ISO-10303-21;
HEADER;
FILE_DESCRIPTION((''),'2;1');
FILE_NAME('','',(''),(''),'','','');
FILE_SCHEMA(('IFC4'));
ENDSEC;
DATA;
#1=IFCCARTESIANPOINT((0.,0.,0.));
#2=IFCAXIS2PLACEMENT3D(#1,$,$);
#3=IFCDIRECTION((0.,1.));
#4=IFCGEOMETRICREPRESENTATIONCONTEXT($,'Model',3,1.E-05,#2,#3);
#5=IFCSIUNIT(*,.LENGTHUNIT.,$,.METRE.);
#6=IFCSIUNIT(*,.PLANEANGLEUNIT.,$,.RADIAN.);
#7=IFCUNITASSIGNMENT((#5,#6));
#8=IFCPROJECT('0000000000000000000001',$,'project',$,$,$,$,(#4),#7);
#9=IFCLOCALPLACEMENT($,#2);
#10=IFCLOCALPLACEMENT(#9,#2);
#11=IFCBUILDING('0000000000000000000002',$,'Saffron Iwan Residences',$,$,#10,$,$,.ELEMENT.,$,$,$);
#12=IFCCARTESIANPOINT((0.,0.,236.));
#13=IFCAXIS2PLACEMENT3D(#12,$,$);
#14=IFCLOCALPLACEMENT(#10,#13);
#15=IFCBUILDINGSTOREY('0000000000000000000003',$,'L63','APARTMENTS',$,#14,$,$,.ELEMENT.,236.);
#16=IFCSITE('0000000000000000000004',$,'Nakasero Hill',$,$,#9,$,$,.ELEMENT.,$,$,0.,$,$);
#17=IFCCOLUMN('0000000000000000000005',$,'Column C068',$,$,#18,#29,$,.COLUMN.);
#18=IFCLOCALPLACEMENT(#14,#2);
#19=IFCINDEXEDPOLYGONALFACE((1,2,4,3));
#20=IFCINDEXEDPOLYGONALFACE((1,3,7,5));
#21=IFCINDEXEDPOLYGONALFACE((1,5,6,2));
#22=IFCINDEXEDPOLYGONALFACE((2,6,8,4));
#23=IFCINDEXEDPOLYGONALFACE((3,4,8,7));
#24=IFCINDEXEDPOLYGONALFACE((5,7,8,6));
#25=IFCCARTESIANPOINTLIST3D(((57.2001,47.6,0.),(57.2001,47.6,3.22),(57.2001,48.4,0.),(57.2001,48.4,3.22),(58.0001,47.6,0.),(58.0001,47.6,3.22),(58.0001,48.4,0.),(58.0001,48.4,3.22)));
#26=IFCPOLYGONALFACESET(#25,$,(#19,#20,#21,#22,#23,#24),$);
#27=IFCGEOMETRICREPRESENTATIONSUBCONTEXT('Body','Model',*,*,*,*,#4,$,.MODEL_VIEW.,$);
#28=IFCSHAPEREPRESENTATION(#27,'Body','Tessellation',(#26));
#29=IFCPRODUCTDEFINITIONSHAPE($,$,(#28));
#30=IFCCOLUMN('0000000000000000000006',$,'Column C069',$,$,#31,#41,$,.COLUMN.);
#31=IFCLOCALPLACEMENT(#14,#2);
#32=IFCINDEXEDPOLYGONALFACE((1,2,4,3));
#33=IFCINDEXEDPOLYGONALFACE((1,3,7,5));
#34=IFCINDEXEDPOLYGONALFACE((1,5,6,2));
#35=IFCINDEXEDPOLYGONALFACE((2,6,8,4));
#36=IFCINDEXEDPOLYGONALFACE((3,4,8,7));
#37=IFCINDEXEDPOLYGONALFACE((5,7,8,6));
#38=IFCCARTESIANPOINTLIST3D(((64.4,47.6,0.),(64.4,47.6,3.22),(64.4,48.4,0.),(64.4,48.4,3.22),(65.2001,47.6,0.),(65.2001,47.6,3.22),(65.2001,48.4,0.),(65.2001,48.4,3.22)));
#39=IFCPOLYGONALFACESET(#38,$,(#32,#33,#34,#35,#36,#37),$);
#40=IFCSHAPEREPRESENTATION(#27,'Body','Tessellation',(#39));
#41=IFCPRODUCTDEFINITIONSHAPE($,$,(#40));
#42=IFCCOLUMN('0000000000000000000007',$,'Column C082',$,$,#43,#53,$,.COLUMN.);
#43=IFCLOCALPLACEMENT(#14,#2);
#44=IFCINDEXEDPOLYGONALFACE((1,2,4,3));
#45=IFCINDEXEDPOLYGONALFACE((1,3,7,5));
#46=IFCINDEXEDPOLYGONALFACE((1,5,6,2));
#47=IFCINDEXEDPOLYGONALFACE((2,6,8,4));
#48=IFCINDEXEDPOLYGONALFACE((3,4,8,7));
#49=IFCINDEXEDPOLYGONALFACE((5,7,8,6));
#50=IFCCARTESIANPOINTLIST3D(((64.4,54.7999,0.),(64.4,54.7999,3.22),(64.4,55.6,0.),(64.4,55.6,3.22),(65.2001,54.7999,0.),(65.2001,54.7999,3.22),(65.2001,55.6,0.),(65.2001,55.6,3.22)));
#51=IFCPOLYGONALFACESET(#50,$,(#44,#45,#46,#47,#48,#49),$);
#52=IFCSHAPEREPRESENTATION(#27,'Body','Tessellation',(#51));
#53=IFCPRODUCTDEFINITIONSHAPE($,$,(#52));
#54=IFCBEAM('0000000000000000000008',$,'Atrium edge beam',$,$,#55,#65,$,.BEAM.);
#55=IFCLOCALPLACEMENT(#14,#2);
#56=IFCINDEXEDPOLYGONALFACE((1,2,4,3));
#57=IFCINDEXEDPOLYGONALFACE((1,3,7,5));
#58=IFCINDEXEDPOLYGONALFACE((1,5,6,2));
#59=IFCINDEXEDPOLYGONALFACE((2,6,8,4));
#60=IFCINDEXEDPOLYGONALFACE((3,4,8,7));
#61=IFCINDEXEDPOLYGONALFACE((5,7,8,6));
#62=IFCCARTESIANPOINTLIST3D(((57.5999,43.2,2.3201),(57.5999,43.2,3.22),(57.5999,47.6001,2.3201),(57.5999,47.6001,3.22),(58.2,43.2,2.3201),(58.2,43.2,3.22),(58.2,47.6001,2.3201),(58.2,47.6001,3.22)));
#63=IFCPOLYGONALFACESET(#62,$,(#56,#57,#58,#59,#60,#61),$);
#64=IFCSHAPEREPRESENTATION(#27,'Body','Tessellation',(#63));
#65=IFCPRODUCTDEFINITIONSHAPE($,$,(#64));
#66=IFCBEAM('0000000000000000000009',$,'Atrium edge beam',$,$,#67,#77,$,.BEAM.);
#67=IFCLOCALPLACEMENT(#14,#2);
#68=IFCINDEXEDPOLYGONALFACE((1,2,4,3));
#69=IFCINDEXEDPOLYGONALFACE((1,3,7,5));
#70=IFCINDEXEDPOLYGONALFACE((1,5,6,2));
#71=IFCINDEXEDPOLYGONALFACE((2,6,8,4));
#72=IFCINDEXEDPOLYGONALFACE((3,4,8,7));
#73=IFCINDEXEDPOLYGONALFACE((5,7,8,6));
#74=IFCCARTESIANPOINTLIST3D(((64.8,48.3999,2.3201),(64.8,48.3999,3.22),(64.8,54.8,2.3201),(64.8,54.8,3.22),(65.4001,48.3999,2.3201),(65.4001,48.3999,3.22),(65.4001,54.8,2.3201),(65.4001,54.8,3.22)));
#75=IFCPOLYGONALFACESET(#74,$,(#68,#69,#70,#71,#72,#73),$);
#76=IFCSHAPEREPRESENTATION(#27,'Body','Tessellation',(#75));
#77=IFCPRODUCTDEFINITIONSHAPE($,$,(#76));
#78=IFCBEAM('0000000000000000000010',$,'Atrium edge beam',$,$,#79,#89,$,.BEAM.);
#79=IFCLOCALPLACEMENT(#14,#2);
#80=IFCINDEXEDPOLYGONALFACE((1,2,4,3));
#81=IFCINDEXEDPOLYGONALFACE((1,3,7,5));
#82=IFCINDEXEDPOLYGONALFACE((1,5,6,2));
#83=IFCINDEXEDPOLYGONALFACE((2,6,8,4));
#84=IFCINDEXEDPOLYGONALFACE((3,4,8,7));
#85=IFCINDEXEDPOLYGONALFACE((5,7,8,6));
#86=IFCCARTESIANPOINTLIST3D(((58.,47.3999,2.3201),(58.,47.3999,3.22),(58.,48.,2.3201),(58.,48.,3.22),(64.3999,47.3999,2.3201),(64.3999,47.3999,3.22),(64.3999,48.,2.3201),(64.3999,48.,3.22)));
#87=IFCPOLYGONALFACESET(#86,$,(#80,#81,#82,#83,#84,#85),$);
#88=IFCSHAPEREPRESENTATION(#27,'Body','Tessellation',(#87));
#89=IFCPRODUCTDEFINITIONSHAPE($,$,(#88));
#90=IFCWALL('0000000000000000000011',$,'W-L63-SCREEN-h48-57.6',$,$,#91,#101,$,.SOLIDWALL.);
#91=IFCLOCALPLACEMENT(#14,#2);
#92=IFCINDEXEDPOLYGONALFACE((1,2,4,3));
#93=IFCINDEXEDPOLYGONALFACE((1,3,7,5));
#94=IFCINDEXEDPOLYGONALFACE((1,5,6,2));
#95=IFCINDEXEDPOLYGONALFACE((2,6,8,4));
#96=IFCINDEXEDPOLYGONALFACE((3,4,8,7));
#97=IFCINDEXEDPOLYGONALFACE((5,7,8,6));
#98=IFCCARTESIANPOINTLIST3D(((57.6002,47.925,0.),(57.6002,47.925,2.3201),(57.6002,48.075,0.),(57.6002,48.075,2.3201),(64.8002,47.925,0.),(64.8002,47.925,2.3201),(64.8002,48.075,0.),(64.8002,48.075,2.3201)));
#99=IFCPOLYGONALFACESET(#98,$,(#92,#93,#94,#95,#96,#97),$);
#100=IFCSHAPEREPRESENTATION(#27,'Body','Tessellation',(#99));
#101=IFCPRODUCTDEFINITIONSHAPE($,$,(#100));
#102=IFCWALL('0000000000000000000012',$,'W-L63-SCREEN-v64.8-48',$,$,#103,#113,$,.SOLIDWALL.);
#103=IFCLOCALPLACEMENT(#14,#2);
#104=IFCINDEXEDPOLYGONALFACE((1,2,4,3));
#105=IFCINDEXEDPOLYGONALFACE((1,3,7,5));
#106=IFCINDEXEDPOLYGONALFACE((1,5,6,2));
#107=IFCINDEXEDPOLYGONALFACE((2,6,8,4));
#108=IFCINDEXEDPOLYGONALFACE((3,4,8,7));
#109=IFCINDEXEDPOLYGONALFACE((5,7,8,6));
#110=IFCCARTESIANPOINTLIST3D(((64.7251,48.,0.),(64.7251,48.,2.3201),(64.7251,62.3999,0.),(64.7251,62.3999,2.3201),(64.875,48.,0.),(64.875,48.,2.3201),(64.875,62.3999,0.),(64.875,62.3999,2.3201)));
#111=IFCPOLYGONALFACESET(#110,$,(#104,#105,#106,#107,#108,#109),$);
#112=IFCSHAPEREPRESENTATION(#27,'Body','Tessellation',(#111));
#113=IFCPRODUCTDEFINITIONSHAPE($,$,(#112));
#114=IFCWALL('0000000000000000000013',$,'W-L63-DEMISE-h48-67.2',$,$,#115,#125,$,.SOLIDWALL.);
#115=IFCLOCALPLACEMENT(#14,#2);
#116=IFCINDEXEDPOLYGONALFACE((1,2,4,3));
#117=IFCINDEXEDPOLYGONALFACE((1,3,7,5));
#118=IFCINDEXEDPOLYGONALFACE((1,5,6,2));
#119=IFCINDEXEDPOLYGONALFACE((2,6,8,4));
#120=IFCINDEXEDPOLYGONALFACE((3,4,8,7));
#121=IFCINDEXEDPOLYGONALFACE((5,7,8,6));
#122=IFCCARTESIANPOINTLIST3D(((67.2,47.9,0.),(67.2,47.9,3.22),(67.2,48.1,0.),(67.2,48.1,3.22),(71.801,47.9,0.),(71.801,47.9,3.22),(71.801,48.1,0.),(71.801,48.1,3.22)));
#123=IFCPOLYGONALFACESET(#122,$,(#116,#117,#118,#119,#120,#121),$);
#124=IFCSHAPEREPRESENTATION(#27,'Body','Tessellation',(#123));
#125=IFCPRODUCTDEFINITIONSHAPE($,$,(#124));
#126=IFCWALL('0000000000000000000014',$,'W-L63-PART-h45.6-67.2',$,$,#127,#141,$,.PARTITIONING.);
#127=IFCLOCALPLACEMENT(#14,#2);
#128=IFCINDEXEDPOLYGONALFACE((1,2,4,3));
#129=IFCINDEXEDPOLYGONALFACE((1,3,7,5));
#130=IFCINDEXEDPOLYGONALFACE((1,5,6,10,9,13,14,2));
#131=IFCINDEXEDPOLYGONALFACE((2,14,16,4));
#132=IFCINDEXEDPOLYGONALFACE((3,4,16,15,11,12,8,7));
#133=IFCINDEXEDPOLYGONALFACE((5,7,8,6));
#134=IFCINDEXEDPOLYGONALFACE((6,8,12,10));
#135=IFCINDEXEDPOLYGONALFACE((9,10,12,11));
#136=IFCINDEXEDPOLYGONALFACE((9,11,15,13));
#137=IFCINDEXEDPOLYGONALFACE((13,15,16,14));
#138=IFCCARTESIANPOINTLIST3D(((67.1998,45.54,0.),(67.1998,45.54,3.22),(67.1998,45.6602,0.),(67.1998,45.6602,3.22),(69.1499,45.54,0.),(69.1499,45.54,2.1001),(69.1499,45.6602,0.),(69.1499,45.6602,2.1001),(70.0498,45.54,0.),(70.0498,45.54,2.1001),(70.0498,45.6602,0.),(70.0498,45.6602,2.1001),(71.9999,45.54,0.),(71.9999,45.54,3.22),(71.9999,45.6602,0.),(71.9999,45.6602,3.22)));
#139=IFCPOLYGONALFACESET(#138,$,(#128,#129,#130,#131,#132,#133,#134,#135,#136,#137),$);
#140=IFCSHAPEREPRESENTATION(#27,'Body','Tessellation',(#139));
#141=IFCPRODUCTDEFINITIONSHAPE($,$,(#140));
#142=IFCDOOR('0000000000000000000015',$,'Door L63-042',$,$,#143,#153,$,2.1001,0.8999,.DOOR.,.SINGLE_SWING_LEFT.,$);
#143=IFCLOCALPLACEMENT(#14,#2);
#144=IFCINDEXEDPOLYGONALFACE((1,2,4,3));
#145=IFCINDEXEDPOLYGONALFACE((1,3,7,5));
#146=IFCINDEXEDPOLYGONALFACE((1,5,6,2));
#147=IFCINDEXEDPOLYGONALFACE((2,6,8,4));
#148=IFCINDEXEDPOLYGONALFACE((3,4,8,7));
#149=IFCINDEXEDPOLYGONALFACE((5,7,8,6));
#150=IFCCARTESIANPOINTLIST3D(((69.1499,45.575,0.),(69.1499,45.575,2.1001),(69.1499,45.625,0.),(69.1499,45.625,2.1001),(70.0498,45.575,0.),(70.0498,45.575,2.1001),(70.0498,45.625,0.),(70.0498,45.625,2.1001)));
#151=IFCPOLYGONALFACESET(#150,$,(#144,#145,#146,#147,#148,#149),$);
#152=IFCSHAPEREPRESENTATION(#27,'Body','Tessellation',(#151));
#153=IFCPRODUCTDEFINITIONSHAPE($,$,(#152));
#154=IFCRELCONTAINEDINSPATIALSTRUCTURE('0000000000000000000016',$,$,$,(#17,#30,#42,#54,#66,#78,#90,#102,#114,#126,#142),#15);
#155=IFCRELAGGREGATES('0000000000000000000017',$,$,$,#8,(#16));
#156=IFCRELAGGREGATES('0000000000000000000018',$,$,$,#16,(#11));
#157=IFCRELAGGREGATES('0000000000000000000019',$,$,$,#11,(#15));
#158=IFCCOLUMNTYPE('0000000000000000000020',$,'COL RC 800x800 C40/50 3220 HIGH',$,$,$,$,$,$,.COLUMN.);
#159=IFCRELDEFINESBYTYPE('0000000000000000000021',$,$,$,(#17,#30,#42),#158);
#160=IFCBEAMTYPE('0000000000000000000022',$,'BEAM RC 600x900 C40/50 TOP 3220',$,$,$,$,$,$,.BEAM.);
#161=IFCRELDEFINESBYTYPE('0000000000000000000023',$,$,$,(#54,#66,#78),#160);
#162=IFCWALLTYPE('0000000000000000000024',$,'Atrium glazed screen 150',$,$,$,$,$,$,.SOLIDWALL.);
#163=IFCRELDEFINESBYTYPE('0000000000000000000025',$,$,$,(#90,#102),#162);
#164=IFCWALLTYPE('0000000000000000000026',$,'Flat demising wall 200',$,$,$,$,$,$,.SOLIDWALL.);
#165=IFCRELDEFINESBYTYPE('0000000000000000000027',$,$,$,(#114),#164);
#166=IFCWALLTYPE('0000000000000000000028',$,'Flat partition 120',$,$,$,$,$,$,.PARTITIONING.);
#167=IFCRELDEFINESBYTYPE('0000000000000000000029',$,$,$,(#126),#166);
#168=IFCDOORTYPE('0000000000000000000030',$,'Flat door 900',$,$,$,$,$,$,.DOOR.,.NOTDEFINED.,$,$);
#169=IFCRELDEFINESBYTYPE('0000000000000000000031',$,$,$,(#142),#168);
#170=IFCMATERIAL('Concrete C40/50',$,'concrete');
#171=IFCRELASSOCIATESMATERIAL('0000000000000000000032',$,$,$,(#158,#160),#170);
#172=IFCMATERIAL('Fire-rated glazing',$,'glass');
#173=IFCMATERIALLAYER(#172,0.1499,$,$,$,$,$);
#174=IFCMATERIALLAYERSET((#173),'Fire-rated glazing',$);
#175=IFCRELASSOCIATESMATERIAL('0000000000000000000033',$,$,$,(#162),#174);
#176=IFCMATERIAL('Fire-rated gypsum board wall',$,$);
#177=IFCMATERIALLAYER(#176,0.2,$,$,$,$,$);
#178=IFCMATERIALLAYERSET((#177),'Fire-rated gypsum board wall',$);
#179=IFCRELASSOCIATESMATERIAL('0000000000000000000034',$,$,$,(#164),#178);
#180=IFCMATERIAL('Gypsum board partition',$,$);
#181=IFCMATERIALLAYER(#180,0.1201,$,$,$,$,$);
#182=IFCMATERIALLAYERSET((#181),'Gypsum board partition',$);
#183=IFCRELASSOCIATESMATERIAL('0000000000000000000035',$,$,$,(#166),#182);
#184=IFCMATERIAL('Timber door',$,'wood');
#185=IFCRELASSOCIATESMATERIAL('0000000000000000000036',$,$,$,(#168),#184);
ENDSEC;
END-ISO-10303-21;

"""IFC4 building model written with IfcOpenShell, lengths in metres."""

from ifc_helpers import new_model, si_unit, direction, frame, frame_2d, origin, origin_2d, place, context, subcontext, project, spatial, rectangle, extrude, source, transform, mapped, material, layer, layer_set, material_profile, profile_set, type_object, element, fill, save


model = new_model("IFC4")

# Units and contexts
model_context = context("Model", 3, precision=1e-05, world=origin(), true_north=direction((0.0, 1.0)))
body_context = subcontext(model_context, "Body", "Model", "MODEL_VIEW")
ifc_project = project(units=[si_unit("LENGTHUNIT", "METRE"), si_unit("PLANEANGLEUNIT", "RADIAN")], contexts=[model_context])

# Site, building, storey
site_placement = place(None, origin())
site = spatial("IfcSite", under=ifc_project, at=site_placement, Name="Nakasero Hill", CompositionType="ELEMENT", RefElevation=0.0)
building_placement = place(site_placement, origin())
building = spatial("IfcBuilding", under=site, at=building_placement, Name="Saffron Iwan Residences", CompositionType="ELEMENT")
storey_placement = place(building_placement, frame((0.0, 0.0, 236.0)))
storey = spatial("IfcBuildingStorey", under=building, at=storey_placement, Name="L63", Description="APARTMENTS", CompositionType="ELEMENT", Elevation=236.0)

# Columns
ifc_material_1 = material(Name="Concrete C40/50", Category="concrete")
ifc_material_profile_1 = material_profile(ifc_material_1, rectangle(XDim=0.8, YDim=0.8, at=origin_2d()), Name="RC 800x800")
ifc_profile_set_1 = profile_set([ifc_material_profile_1], Name="Concrete C40/50")
column_type = type_object("IfcColumnType", Name="COL RC 800x800 C40/50 3220 HIGH", PredefinedType="COLUMN", material=ifc_profile_set_1)
shared_shape_1 = source(origin(), body_context, "Body", "SweptSolid", [
    extrude(rectangle(XDim=0.8, YDim=0.8, at=origin_2d()), origin(), (0.0, 0.0, 1.0), 3.22),
])
for number, where, z_axis, x_axis, name in (
    (1, (57.6001, 48.0, 0.0), (0.0, 0.0, 1.0), (1.0, 0.0, 0.0), "Column C068"),
    (2, (64.8, 48.0, 0.0), (0.0, 0.0, 1.0), (1.0, 0.0, 0.0), "Column C069"),
    (3, (64.8, 55.2, 0.0), (0.0, 0.0, 1.0), (1.0, 0.0, 0.0), "Column C082"),
):
    element("IfcColumn", number, at=place(storey_placement, frame(where, z_axis=z_axis, x_axis=x_axis)), inside=storey, type_object=column_type, Name=name, PredefinedType="COLUMN", context=body_context, shape_type="MappedRepresentation", body=[
        mapped(shared_shape_1, transform((0.0, 0.0, 0.0))),
    ])

# Beams
ifc_material_profile_2 = material_profile(ifc_material_1, rectangle(XDim=0.6001, YDim=0.8999, at=origin_2d()), Name="RC 600x900")
ifc_profile_set_2 = profile_set([ifc_material_profile_2], Name="Concrete C40/50")
beam_type = type_object("IfcBeamType", Name="BEAM RC 600x900 C40/50 TOP 3220", PredefinedType="BEAM", material=ifc_profile_set_2)
shared_shape_2 = source(origin(), body_context, "Body", "SweptSolid", [
    extrude(rectangle(XDim=0.6001, YDim=0.8999, at=origin_2d()), origin(), (0.0, 0.0, 1.0), 4.4001),
])
beam_1_placement = place(storey_placement, frame((57.8999, 47.6001, 2.77), z_axis=(0.0, -1.0, 0.0), x_axis=(1.0, 0.0, 0.0)))
element("IfcBeam", 4, at=beam_1_placement, inside=storey, type_object=beam_type, Name="Atrium edge beam", PredefinedType="BEAM", context=body_context, shape_type="MappedRepresentation", body=[
    mapped(shared_shape_2, transform((0.0, 0.0, 0.0))),
])
shared_shape_3 = source(origin(), body_context, "Body", "SweptSolid", [
    extrude(rectangle(XDim=0.6001, YDim=0.8999, at=origin_2d()), origin(), (0.0, 0.0, 1.0), 6.4001),
])
beam_2_placement = place(storey_placement, frame((65.1001, 54.8, 2.77), z_axis=(0.0, -1.0, 0.0), x_axis=(1.0, 0.0, 0.0)))
element("IfcBeam", 5, at=beam_2_placement, inside=storey, type_object=beam_type, Name="Atrium edge beam", PredefinedType="BEAM", context=body_context, shape_type="MappedRepresentation", body=[
    mapped(shared_shape_3, transform((0.0, 0.0, 0.0))),
])
shared_shape_4 = source(origin(), body_context, "Body", "SweptSolid", [
    extrude(rectangle(XDim=0.6001, YDim=0.8999, at=origin_2d()), origin(), (0.0, 0.0, 1.0), 6.3999),
])
beam_3_placement = place(storey_placement, frame((64.3999, 47.7, 2.77), z_axis=(-1.0, 0.0, 0.0), x_axis=(0.0, -1.0, 0.0)))
element("IfcBeam", 6, at=beam_3_placement, inside=storey, type_object=beam_type, Name="Atrium edge beam", PredefinedType="BEAM", context=body_context, shape_type="MappedRepresentation", body=[
    mapped(shared_shape_4, transform((0.0, 0.0, 0.0))),
])

# Walls
ifc_material_2 = material(Name="Fire-rated glazing", Category="glass")
ifc_layer_1 = layer(ifc_material_2, 0.1499)
ifc_layer_set_1 = layer_set([ifc_layer_1], Name="Fire-rated glazing")
wall_type_1 = type_object("IfcWallType", Name="Atrium glazed screen 150", PredefinedType="SOLIDWALL", material=ifc_layer_set_1)
wall_1_placement = place(storey_placement, frame((57.6001, 48.0, 0.0), z_axis=(0.0, 0.0, 1.0), x_axis=(1.0, 0.0, 0.0)))
element("IfcWall", 7, at=wall_1_placement, inside=storey, type_object=wall_type_1, Name="W-L63-SCREEN-h48-57.6", PredefinedType="SOLIDWALL", context=body_context, shape_type="SweptSolid", body=[
    extrude(rectangle(XDim=7.2, YDim=0.1499, at=frame_2d((3.6001, 0.0))), origin(), (0.0, 0.0, 1.0), 2.3201),
])
wall_2_placement = place(storey_placement, frame((64.8, 48.0, 0.0), z_axis=(0.0, 0.0, 1.0), x_axis=(0.0, 1.0, 0.0)))
element("IfcWall", 8, at=wall_2_placement, inside=storey, type_object=wall_type_1, Name="W-L63-SCREEN-v64.8-48", PredefinedType="SOLIDWALL", context=body_context, shape_type="SweptSolid", body=[
    extrude(rectangle(XDim=14.3999, YDim=0.1499, at=frame_2d((7.2, 0.0))), origin(), (0.0, 0.0, 1.0), 2.3201),
])
ifc_material_3 = material(Name="Fire-rated gypsum board wall")
ifc_layer_2 = layer(ifc_material_3, 0.2)
ifc_layer_set_2 = layer_set([ifc_layer_2], Name="Fire-rated gypsum board wall")
wall_type_2 = type_object("IfcWallType", Name="Flat demising wall 200", PredefinedType="SOLIDWALL", material=ifc_layer_set_2)
wall_3_placement = place(storey_placement, frame((67.2, 48.0, 0.0), z_axis=(0.0, 0.0, 1.0), x_axis=(1.0, 0.0, 0.0)))
element("IfcWall", 9, at=wall_3_placement, inside=storey, type_object=wall_type_2, Name="W-L63-DEMISE-h48-67.2", PredefinedType="SOLIDWALL", context=body_context, shape_type="SweptSolid", body=[
    extrude(rectangle(XDim=4.6011, YDim=0.2, at=frame_2d((2.3005, 0.0))), origin(), (0.0, 0.0, 1.0), 3.22),
])

# Wall, opening, door
ifc_material_4 = material(Name="Gypsum board partition")
ifc_layer_3 = layer(ifc_material_4, 0.1201)
ifc_layer_set_3 = layer_set([ifc_layer_3], Name="Gypsum board partition")
wall_type_3 = type_object("IfcWallType", Name="Flat partition 120", PredefinedType="PARTITIONING", material=ifc_layer_set_3)
wall_4_placement = place(storey_placement, frame((67.2, 45.6001, 0.0), z_axis=(0.0, 0.0, 1.0), x_axis=(1.0, 0.0, 0.0)))
wall_4 = element("IfcWall", 10, at=wall_4_placement, inside=storey, type_object=wall_type_3, Name="W-L63-PART-h45.6-67.2", PredefinedType="PARTITIONING", context=body_context, shape_type="SweptSolid", body=[
    extrude(rectangle(XDim=4.8, YDim=0.1201, at=frame_2d((2.3999, 0.0))), origin(), (0.0, 0.0, 1.0), 3.22),
])
opening_1_placement = place(wall_4_placement, frame((1.95, 0.0, 0.0)))
opening_1 = element("IfcOpeningElement", 11, at=opening_1_placement, cuts=wall_4, PredefinedType="OPENING", context=body_context, shape_type="SweptSolid", body=[
    extrude(rectangle(XDim=0.8999, YDim=2.1001, at=frame_2d((0.45, 1.05))), frame((0.0, 0.0701, 0.0), z_axis=(0.0, -1.0, 0.0), x_axis=(1.0, 0.0, 0.0)), (0.0, 0.0, 1.0), 0.1401),
])
ifc_material_5 = material(Name="Timber door", Category="wood")
door_type_1 = type_object("IfcDoorType", Name="Flat door 900", OperationType="NOTDEFINED", PredefinedType="DOOR", material=ifc_material_5)
door_1_placement = place(opening_1_placement, origin())
door_1 = element("IfcDoor", 12, at=door_1_placement, inside=storey, type_object=door_type_1, Name="Door L63-042", OperationType="SINGLE_SWING_LEFT", OverallHeight=2.1001, OverallWidth=0.8999, PredefinedType="DOOR", context=body_context, shape_type="SweptSolid", body=[
    extrude(rectangle(XDim=0.8999, YDim=2.1001, at=frame_2d((0.45, 1.05))), frame((0.0, 0.0249, 0.0), z_axis=(0.0, -1.0, 0.0), x_axis=(1.0, 0.0, 0.0)), (0.0, 0.0, 1.0), 0.05),
])
fill(opening_1, door_1)

save(model, "model.ifc")
